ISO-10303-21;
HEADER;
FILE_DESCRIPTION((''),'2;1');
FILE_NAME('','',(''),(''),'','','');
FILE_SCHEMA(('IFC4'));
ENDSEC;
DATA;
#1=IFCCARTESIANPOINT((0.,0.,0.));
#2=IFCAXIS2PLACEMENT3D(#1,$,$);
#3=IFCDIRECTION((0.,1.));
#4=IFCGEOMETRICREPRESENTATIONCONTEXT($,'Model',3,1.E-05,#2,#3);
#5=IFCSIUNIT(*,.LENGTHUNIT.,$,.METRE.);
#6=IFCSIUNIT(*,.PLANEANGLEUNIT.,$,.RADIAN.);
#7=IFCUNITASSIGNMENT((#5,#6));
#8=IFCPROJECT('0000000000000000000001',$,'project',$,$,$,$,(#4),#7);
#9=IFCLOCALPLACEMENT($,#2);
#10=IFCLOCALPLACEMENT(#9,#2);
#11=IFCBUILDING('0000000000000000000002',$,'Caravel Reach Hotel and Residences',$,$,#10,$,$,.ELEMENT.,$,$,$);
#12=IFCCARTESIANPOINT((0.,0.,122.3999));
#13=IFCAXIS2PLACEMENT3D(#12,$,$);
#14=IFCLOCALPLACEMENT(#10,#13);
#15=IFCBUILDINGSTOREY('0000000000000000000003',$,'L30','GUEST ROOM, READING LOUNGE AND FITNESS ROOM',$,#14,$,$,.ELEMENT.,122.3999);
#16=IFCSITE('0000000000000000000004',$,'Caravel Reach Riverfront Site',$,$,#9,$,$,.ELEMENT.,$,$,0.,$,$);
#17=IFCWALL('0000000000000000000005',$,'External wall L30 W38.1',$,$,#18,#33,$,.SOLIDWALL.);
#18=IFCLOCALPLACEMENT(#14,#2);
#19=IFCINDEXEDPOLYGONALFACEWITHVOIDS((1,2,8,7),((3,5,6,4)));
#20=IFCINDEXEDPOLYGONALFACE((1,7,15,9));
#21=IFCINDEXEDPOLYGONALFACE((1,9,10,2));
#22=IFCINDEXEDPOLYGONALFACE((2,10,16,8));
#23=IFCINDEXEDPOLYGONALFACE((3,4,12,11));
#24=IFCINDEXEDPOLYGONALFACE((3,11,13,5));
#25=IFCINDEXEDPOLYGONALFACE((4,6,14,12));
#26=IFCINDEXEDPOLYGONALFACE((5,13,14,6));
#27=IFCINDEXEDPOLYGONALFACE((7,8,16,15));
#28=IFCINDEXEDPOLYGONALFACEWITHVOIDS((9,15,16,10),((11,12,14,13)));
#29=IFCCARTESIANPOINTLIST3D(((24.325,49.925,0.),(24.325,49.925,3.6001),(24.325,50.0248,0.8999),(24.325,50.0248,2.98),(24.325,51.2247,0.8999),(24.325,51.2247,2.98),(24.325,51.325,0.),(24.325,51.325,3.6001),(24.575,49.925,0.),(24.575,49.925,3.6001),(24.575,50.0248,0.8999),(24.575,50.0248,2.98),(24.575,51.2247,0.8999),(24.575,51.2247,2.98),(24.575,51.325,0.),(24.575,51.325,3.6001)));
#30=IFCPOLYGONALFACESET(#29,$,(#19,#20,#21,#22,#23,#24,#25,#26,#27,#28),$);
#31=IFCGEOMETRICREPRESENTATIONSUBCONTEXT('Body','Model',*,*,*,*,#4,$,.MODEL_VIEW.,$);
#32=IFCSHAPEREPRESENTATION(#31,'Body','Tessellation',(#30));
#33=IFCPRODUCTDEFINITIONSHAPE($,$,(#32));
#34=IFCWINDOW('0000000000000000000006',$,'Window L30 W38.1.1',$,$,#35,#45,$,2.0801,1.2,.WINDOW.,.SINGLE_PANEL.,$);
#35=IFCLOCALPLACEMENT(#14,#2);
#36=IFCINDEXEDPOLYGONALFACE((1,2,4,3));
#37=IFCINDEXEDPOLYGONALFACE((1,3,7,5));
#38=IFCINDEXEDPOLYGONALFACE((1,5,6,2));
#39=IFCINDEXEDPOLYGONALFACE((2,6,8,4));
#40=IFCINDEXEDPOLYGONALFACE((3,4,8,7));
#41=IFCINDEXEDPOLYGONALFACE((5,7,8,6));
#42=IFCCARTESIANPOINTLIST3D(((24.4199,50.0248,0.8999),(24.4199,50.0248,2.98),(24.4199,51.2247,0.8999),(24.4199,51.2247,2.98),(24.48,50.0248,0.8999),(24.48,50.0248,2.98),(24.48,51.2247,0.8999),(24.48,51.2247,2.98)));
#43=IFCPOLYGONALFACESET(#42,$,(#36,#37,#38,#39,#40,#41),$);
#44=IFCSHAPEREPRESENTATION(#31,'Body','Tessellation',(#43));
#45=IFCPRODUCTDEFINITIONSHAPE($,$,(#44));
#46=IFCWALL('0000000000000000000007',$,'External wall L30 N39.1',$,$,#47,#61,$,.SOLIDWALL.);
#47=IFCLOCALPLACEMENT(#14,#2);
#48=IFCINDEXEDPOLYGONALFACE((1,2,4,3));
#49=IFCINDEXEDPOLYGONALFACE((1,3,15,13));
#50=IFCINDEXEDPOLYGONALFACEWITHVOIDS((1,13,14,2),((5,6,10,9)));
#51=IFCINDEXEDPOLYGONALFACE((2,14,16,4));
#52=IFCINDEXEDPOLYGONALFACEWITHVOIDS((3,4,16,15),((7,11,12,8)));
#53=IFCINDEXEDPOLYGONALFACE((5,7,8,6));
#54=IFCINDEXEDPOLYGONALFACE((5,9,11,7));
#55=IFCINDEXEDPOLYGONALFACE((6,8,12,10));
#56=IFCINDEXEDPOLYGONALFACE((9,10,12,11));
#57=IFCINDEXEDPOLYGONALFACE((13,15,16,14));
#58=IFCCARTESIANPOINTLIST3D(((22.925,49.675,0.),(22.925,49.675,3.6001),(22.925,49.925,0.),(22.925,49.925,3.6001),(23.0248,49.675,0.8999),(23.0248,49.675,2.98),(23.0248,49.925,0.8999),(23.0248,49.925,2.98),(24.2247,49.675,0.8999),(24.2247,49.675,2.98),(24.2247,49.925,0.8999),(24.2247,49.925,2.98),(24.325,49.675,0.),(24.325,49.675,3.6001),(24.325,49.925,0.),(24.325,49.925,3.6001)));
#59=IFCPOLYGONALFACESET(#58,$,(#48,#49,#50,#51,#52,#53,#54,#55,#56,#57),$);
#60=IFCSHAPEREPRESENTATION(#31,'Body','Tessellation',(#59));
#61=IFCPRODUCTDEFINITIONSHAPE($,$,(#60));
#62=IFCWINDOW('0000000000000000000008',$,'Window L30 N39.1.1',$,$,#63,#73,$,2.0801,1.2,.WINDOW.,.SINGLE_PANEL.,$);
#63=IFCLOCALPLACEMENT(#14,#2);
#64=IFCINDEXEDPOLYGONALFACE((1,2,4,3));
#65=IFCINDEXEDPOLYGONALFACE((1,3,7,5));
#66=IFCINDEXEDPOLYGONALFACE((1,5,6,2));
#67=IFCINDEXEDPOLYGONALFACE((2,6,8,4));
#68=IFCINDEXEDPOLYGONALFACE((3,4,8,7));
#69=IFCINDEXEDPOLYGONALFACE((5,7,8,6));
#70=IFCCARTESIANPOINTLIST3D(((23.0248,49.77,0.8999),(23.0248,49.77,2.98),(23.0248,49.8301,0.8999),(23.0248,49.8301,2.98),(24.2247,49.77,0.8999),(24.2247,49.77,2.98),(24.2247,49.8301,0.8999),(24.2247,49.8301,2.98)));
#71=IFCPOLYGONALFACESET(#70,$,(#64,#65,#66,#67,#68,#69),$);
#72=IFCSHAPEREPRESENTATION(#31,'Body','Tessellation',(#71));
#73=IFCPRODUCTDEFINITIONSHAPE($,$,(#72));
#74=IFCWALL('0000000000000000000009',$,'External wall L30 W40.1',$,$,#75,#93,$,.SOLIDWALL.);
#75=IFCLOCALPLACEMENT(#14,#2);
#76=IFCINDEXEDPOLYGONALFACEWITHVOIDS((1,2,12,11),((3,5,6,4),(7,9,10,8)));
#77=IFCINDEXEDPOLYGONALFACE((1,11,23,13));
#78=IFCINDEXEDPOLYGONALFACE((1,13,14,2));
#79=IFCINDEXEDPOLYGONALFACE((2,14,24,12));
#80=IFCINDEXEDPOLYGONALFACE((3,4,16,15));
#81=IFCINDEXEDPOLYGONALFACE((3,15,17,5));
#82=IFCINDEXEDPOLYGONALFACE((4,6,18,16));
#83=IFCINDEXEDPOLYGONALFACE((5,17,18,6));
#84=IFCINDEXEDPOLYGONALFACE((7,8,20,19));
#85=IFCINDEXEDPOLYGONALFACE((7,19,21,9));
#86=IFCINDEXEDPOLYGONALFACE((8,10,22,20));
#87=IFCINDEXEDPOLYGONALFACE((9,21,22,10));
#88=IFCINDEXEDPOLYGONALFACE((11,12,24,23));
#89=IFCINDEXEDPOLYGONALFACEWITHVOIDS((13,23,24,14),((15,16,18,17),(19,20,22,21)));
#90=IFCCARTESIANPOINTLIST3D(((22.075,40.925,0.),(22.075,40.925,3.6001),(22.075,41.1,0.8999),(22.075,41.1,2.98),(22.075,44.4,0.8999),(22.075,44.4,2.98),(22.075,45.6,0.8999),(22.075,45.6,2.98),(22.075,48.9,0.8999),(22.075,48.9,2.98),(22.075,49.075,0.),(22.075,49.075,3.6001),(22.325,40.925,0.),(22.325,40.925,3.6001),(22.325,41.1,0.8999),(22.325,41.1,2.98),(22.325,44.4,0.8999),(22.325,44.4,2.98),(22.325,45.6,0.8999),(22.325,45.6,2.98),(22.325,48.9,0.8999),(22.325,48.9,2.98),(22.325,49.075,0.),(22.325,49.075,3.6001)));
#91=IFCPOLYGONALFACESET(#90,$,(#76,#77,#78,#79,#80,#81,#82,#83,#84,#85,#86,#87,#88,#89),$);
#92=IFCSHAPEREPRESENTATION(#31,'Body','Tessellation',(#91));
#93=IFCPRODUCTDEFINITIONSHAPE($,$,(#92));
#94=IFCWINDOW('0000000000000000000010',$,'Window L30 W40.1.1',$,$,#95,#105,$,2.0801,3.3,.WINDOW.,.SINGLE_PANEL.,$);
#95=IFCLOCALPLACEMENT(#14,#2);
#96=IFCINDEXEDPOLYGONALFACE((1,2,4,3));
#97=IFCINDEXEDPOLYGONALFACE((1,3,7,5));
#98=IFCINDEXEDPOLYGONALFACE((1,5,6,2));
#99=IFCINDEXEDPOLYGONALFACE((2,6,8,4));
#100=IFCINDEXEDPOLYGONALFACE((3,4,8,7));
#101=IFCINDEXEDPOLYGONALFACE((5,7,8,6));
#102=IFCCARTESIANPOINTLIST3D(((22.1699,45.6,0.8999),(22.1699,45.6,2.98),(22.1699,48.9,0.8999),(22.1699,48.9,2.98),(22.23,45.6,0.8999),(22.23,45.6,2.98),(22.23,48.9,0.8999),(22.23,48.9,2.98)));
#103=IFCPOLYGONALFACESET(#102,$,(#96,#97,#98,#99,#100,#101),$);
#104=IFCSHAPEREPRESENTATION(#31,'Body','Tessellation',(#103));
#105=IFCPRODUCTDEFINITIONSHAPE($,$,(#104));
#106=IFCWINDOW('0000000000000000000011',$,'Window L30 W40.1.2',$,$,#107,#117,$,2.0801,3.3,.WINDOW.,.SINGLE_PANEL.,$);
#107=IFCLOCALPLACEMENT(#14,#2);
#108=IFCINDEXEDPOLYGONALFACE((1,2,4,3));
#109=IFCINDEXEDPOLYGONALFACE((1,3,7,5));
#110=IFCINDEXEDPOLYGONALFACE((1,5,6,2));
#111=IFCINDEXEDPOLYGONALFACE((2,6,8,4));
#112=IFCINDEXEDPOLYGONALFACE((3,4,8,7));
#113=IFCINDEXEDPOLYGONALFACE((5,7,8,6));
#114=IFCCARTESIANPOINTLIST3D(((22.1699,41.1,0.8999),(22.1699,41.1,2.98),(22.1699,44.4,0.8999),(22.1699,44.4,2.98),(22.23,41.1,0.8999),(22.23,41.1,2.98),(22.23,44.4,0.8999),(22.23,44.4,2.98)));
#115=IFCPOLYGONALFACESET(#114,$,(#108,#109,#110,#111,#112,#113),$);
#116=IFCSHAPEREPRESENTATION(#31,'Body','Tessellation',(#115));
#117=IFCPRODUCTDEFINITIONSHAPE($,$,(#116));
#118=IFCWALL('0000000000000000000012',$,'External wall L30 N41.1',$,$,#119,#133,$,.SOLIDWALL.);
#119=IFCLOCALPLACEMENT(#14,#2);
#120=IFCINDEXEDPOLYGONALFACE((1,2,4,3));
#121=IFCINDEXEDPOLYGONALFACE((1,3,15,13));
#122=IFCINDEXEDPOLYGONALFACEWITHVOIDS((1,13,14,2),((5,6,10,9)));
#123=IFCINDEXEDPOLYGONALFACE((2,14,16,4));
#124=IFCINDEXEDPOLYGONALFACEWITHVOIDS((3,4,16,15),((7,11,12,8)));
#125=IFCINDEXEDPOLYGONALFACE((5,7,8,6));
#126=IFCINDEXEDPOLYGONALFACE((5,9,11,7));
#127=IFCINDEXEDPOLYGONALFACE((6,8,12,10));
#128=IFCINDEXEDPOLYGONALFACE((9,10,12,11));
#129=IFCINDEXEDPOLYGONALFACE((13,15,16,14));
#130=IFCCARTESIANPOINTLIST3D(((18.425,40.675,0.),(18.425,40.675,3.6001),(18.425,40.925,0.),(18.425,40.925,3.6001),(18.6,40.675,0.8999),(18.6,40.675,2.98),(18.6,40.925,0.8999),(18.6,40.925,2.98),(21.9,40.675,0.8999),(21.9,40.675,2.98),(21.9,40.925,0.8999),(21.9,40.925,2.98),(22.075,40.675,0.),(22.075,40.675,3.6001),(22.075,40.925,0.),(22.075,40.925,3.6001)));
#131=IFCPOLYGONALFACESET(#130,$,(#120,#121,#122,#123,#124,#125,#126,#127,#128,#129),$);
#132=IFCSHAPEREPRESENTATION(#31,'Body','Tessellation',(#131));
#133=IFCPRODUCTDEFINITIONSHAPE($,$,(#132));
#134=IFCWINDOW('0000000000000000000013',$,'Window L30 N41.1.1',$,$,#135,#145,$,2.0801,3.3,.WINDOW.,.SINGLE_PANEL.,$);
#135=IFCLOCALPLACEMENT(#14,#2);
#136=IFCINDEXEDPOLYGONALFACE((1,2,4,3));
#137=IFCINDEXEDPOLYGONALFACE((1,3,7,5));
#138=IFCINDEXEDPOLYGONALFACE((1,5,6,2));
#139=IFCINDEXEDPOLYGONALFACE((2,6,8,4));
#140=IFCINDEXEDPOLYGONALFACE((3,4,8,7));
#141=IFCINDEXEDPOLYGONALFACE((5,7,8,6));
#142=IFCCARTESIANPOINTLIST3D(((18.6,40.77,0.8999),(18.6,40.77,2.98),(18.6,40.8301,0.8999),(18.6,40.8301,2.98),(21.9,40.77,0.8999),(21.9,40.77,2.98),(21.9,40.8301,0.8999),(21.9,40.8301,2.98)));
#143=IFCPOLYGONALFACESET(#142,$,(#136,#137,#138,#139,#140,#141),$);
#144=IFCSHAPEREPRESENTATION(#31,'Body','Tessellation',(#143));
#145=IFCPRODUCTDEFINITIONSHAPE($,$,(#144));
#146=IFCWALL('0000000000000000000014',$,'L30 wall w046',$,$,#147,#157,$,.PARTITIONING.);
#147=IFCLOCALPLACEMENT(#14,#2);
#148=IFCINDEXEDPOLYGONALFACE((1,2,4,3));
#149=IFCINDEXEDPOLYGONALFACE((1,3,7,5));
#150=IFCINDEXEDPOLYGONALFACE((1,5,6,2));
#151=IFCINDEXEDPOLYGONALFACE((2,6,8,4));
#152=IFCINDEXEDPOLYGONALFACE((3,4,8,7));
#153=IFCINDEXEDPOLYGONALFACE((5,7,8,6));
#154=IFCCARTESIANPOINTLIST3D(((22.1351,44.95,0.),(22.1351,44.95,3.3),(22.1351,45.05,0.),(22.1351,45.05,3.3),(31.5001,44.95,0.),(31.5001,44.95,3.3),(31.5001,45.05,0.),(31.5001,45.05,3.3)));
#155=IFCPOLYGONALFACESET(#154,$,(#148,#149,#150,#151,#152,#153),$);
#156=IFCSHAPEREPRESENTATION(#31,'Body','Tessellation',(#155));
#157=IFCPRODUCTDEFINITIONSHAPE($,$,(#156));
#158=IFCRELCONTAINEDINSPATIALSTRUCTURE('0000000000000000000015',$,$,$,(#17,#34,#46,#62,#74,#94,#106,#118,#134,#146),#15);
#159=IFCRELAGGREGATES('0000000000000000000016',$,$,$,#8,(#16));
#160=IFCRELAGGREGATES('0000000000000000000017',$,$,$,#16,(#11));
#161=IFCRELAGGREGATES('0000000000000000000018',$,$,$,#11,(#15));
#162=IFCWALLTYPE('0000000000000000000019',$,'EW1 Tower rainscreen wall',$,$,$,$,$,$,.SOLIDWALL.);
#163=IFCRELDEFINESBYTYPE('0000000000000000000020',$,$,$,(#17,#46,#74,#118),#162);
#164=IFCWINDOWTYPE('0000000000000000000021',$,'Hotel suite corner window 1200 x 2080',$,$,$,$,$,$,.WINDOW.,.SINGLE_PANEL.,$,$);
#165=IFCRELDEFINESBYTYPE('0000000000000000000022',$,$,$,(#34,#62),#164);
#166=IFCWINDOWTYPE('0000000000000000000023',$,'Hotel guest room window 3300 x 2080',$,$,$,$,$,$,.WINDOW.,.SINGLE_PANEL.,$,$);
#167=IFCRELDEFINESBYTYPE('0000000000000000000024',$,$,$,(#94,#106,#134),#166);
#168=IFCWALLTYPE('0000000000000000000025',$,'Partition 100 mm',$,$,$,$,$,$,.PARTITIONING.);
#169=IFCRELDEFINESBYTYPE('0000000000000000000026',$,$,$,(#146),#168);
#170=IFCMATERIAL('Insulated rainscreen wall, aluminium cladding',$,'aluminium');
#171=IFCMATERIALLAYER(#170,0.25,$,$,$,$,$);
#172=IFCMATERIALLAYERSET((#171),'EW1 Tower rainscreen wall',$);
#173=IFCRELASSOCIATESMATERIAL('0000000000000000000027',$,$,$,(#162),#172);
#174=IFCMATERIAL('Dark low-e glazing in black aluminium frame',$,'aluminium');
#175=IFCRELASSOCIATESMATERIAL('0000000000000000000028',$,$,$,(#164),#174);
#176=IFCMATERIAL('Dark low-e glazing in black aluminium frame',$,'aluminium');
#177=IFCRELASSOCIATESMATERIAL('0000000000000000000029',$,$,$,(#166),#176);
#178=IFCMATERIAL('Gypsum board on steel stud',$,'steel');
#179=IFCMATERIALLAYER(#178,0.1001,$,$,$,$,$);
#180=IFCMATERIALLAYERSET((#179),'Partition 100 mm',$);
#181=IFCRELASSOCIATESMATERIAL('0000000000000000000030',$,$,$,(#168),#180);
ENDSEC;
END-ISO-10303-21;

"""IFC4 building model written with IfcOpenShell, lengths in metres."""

from ifc_helpers import new_model, si_unit, direction, frame, frame_2d, origin, place, context, subcontext, project, spatial, rectangle, extrude, material, layer, layer_set, type_object, element, fill, save


model = new_model("IFC4")

# Units and contexts
model_context = context("Model", 3, precision=1e-05, world=origin(), true_north=direction((0.0, 1.0)))
body_context = subcontext(model_context, "Body", "Model", "MODEL_VIEW")
ifc_project = project(units=[si_unit("LENGTHUNIT", "METRE"), si_unit("PLANEANGLEUNIT", "RADIAN")], contexts=[model_context])

# Site, building, storey
site_placement = place(None, origin())
site = spatial("IfcSite", under=ifc_project, at=site_placement, Name="Caravel Reach Riverfront Site", CompositionType="ELEMENT", RefElevation=0.0)
building_placement = place(site_placement, origin())
building = spatial("IfcBuilding", under=site, at=building_placement, Name="Caravel Reach Hotel and Residences", CompositionType="ELEMENT")
storey_placement = place(building_placement, frame((0.0, 0.0, 122.3999)))
storey = spatial("IfcBuildingStorey", under=building, at=storey_placement, Name="L30", Description="GUEST ROOM, READING LOUNGE AND FITNESS ROOM", CompositionType="ELEMENT", Elevation=122.3999)

# Walls, openings, windows
ifc_material_1 = material(Name="Insulated rainscreen wall, aluminium cladding", Category="aluminium")
ifc_layer_1 = layer(ifc_material_1, 0.25)
ifc_layer_set_1 = layer_set([ifc_layer_1], Name="EW1 Tower rainscreen wall")
wall_type_1 = type_object("IfcWallType", Name="EW1 Tower rainscreen wall", PredefinedType="SOLIDWALL", material=ifc_layer_set_1)
ifc_material_2 = material(Name="Dark low-e glazing in black aluminium frame", Category="aluminium")
window_type_1 = type_object("IfcWindowType", Name="Hotel suite corner window 1200 x 2080", PartitioningType="SINGLE_PANEL", PredefinedType="WINDOW", material=ifc_material_2)
wall_1_placement = place(storey_placement, frame((24.45, 51.325, 0.0), z_axis=(0.0, 0.0, 1.0), x_axis=(0.0, -1.0, 0.0)))
wall_1 = element("IfcWall", 1, at=wall_1_placement, inside=storey, type_object=wall_type_1, Name="External wall L30 W38.1", PredefinedType="SOLIDWALL", context=body_context, shape_type="SweptSolid", body=[
    extrude(rectangle(XDim=1.3999, YDim=0.25, at=frame_2d((0.7, 0.0))), origin(), (0.0, 0.0, 1.0), 3.6001),
])
opening_1_placement = place(wall_1_placement, frame((0.1001, 0.0, 0.8999)))
opening_1 = element("IfcOpeningElement", 2, at=opening_1_placement, cuts=wall_1, PredefinedType="OPENING", context=body_context, shape_type="SweptSolid", body=[
    extrude(rectangle(XDim=1.2, YDim=2.0801, at=frame_2d((0.6001, 1.04))), frame((0.0, 0.135, 0.0), z_axis=(0.0, -1.0, 0.0), x_axis=(1.0, 0.0, 0.0)), (0.0, 0.0, 1.0), 0.27),
])
window_1_placement = place(opening_1_placement, origin())
window_1 = element("IfcWindow", 3, at=window_1_placement, inside=storey, type_object=window_type_1, Name="Window L30 W38.1.1", OverallHeight=2.0801, OverallWidth=1.2, PartitioningType="SINGLE_PANEL", PredefinedType="WINDOW", context=body_context, shape_type="SweptSolid", body=[
    extrude(rectangle(XDim=1.2, YDim=2.0801, at=frame_2d((0.6001, 1.04))), frame((0.0, 0.03, 0.0), z_axis=(0.0, -1.0, 0.0), x_axis=(1.0, 0.0, 0.0)), (0.0, 0.0, 1.0), 0.0601),
])
fill(opening_1, window_1)
wall_2_placement = place(storey_placement, frame((24.325, 49.8, 0.0), z_axis=(0.0, 0.0, 1.0), x_axis=(-1.0, 0.0, 0.0)))
wall_2 = element("IfcWall", 4, at=wall_2_placement, inside=storey, type_object=wall_type_1, Name="External wall L30 N39.1", PredefinedType="SOLIDWALL", context=body_context, shape_type="SweptSolid", body=[
    extrude(rectangle(XDim=1.3999, YDim=0.25, at=frame_2d((0.7, 0.0))), origin(), (0.0, 0.0, 1.0), 3.6001),
])
opening_2_placement = place(wall_2_placement, frame((0.1001, 0.0, 0.8999)))
opening_2 = element("IfcOpeningElement", 5, at=opening_2_placement, cuts=wall_2, PredefinedType="OPENING", context=body_context, shape_type="SweptSolid", body=[
    extrude(rectangle(XDim=1.2, YDim=2.0801, at=frame_2d((0.6001, 1.04))), frame((0.0, 0.135, 0.0), z_axis=(0.0, -1.0, 0.0), x_axis=(1.0, 0.0, 0.0)), (0.0, 0.0, 1.0), 0.27),
])
window_2_placement = place(opening_2_placement, origin())
window_2 = element("IfcWindow", 6, at=window_2_placement, inside=storey, type_object=window_type_1, Name="Window L30 N39.1.1", OverallHeight=2.0801, OverallWidth=1.2, PartitioningType="SINGLE_PANEL", PredefinedType="WINDOW", context=body_context, shape_type="SweptSolid", body=[
    extrude(rectangle(XDim=1.2, YDim=2.0801, at=frame_2d((0.6001, 1.04))), frame((0.0, 0.03, 0.0), z_axis=(0.0, -1.0, 0.0), x_axis=(1.0, 0.0, 0.0)), (0.0, 0.0, 1.0), 0.0601),
])
fill(opening_2, window_2)

# Wall, openings, windows
wall_3_placement = place(storey_placement, frame((22.2, 49.075, 0.0), z_axis=(0.0, 0.0, 1.0), x_axis=(0.0, -1.0, 0.0)))
wall_3 = element("IfcWall", 7, at=wall_3_placement, inside=storey, type_object=wall_type_1, Name="External wall L30 W40.1", PredefinedType="SOLIDWALL", context=body_context, shape_type="SweptSolid", body=[
    extrude(rectangle(XDim=8.1499, YDim=0.25, at=frame_2d((4.075, 0.0))), origin(), (0.0, 0.0, 1.0), 3.6001),
])
opening_3_placement = place(wall_3_placement, frame((0.175, 0.0, 0.8999)))
opening_3 = element("IfcOpeningElement", 8, at=opening_3_placement, cuts=wall_3, PredefinedType="OPENING", context=body_context, shape_type="SweptSolid", body=[
    extrude(rectangle(XDim=3.3, YDim=2.0801, at=frame_2d((1.6499, 1.04))), frame((0.0, 0.135, 0.0), z_axis=(0.0, -1.0, 0.0), x_axis=(1.0, 0.0, 0.0)), (0.0, 0.0, 1.0), 0.27),
])
opening_4_placement = place(wall_3_placement, frame((4.675, 0.0, 0.8999)))
opening_4 = element("IfcOpeningElement", 9, at=opening_4_placement, cuts=wall_3, PredefinedType="OPENING", context=body_context, shape_type="SweptSolid", body=[
    extrude(rectangle(XDim=3.3, YDim=2.0801, at=frame_2d((1.6499, 1.04))), frame((0.0, 0.135, 0.0), z_axis=(0.0, -1.0, 0.0), x_axis=(1.0, 0.0, 0.0)), (0.0, 0.0, 1.0), 0.27),
])
ifc_material_3 = material(Name="Dark low-e glazing in black aluminium frame", Category="aluminium")
window_type_2 = type_object("IfcWindowType", Name="Hotel guest room window 3300 x 2080", PartitioningType="SINGLE_PANEL", PredefinedType="WINDOW", material=ifc_material_3)
window_3_placement = place(opening_3_placement, origin())
window_3 = element("IfcWindow", 10, at=window_3_placement, inside=storey, type_object=window_type_2, Name="Window L30 W40.1.1", OverallHeight=2.0801, OverallWidth=3.3, PartitioningType="SINGLE_PANEL", PredefinedType="WINDOW", context=body_context, shape_type="SweptSolid", body=[
    extrude(rectangle(XDim=3.3, YDim=2.0801, at=frame_2d((1.6499, 1.04))), frame((0.0, 0.03, 0.0), z_axis=(0.0, -1.0, 0.0), x_axis=(1.0, 0.0, 0.0)), (0.0, 0.0, 1.0), 0.0601),
])
fill(opening_3, window_3)
window_4_placement = place(opening_4_placement, origin())
window_4 = element("IfcWindow", 11, at=window_4_placement, inside=storey, type_object=window_type_2, Name="Window L30 W40.1.2", OverallHeight=2.0801, OverallWidth=3.3, PartitioningType="SINGLE_PANEL", PredefinedType="WINDOW", context=body_context, shape_type="SweptSolid", body=[
    extrude(rectangle(XDim=3.3, YDim=2.0801, at=frame_2d((1.6499, 1.04))), frame((0.0, 0.03, 0.0), z_axis=(0.0, -1.0, 0.0), x_axis=(1.0, 0.0, 0.0)), (0.0, 0.0, 1.0), 0.0601),
])
fill(opening_4, window_4)

# Wall, opening, window
wall_4_placement = place(storey_placement, frame((22.075, 40.8, 0.0), z_axis=(0.0, 0.0, 1.0), x_axis=(-1.0, 0.0, 0.0)))
wall_4 = element("IfcWall", 12, at=wall_4_placement, inside=storey, type_object=wall_type_1, Name="External wall L30 N41.1", PredefinedType="SOLIDWALL", context=body_context, shape_type="SweptSolid", body=[
    extrude(rectangle(XDim=3.6499, YDim=0.25, at=frame_2d((1.825, 0.0))), origin(), (0.0, 0.0, 1.0), 3.6001),
])
opening_5_placement = place(wall_4_placement, frame((0.175, 0.0, 0.8999)))
opening_5 = element("IfcOpeningElement", 13, at=opening_5_placement, cuts=wall_4, PredefinedType="OPENING", context=body_context, shape_type="SweptSolid", body=[
    extrude(rectangle(XDim=3.3, YDim=2.0801, at=frame_2d((1.6499, 1.04))), frame((0.0, 0.135, 0.0), z_axis=(0.0, -1.0, 0.0), x_axis=(1.0, 0.0, 0.0)), (0.0, 0.0, 1.0), 0.27),
])
window_5_placement = place(opening_5_placement, origin())
window_5 = element("IfcWindow", 14, at=window_5_placement, inside=storey, type_object=window_type_2, Name="Window L30 N41.1.1", OverallHeight=2.0801, OverallWidth=3.3, PartitioningType="SINGLE_PANEL", PredefinedType="WINDOW", context=body_context, shape_type="SweptSolid", body=[
    extrude(rectangle(XDim=3.3, YDim=2.0801, at=frame_2d((1.6499, 1.04))), frame((0.0, 0.03, 0.0), z_axis=(0.0, -1.0, 0.0), x_axis=(1.0, 0.0, 0.0)), (0.0, 0.0, 1.0), 0.0601),
])
fill(opening_5, window_5)

# Wall
ifc_material_4 = material(Name="Gypsum board on steel stud", Category="steel")
ifc_layer_2 = layer(ifc_material_4, 0.1001)
ifc_layer_set_2 = layer_set([ifc_layer_2], Name="Partition 100 mm")
wall_type_2 = type_object("IfcWallType", Name="Partition 100 mm", PredefinedType="PARTITIONING", material=ifc_layer_set_2)
wall_5_placement = place(storey_placement, frame((22.135, 45.0, 0.0), z_axis=(0.0, 0.0, 1.0), x_axis=(1.0, 0.0, 0.0)))
element("IfcWall", 15, at=wall_5_placement, inside=storey, type_object=wall_type_2, Name="L30 wall w046", PredefinedType="PARTITIONING", context=body_context, shape_type="SweptSolid", body=[
    extrude(rectangle(XDim=9.365, YDim=0.1001, at=frame_2d((4.6826, 0.0))), origin(), (0.0, 0.0, 1.0), 3.3),
])

save(model, "model.ifc")
